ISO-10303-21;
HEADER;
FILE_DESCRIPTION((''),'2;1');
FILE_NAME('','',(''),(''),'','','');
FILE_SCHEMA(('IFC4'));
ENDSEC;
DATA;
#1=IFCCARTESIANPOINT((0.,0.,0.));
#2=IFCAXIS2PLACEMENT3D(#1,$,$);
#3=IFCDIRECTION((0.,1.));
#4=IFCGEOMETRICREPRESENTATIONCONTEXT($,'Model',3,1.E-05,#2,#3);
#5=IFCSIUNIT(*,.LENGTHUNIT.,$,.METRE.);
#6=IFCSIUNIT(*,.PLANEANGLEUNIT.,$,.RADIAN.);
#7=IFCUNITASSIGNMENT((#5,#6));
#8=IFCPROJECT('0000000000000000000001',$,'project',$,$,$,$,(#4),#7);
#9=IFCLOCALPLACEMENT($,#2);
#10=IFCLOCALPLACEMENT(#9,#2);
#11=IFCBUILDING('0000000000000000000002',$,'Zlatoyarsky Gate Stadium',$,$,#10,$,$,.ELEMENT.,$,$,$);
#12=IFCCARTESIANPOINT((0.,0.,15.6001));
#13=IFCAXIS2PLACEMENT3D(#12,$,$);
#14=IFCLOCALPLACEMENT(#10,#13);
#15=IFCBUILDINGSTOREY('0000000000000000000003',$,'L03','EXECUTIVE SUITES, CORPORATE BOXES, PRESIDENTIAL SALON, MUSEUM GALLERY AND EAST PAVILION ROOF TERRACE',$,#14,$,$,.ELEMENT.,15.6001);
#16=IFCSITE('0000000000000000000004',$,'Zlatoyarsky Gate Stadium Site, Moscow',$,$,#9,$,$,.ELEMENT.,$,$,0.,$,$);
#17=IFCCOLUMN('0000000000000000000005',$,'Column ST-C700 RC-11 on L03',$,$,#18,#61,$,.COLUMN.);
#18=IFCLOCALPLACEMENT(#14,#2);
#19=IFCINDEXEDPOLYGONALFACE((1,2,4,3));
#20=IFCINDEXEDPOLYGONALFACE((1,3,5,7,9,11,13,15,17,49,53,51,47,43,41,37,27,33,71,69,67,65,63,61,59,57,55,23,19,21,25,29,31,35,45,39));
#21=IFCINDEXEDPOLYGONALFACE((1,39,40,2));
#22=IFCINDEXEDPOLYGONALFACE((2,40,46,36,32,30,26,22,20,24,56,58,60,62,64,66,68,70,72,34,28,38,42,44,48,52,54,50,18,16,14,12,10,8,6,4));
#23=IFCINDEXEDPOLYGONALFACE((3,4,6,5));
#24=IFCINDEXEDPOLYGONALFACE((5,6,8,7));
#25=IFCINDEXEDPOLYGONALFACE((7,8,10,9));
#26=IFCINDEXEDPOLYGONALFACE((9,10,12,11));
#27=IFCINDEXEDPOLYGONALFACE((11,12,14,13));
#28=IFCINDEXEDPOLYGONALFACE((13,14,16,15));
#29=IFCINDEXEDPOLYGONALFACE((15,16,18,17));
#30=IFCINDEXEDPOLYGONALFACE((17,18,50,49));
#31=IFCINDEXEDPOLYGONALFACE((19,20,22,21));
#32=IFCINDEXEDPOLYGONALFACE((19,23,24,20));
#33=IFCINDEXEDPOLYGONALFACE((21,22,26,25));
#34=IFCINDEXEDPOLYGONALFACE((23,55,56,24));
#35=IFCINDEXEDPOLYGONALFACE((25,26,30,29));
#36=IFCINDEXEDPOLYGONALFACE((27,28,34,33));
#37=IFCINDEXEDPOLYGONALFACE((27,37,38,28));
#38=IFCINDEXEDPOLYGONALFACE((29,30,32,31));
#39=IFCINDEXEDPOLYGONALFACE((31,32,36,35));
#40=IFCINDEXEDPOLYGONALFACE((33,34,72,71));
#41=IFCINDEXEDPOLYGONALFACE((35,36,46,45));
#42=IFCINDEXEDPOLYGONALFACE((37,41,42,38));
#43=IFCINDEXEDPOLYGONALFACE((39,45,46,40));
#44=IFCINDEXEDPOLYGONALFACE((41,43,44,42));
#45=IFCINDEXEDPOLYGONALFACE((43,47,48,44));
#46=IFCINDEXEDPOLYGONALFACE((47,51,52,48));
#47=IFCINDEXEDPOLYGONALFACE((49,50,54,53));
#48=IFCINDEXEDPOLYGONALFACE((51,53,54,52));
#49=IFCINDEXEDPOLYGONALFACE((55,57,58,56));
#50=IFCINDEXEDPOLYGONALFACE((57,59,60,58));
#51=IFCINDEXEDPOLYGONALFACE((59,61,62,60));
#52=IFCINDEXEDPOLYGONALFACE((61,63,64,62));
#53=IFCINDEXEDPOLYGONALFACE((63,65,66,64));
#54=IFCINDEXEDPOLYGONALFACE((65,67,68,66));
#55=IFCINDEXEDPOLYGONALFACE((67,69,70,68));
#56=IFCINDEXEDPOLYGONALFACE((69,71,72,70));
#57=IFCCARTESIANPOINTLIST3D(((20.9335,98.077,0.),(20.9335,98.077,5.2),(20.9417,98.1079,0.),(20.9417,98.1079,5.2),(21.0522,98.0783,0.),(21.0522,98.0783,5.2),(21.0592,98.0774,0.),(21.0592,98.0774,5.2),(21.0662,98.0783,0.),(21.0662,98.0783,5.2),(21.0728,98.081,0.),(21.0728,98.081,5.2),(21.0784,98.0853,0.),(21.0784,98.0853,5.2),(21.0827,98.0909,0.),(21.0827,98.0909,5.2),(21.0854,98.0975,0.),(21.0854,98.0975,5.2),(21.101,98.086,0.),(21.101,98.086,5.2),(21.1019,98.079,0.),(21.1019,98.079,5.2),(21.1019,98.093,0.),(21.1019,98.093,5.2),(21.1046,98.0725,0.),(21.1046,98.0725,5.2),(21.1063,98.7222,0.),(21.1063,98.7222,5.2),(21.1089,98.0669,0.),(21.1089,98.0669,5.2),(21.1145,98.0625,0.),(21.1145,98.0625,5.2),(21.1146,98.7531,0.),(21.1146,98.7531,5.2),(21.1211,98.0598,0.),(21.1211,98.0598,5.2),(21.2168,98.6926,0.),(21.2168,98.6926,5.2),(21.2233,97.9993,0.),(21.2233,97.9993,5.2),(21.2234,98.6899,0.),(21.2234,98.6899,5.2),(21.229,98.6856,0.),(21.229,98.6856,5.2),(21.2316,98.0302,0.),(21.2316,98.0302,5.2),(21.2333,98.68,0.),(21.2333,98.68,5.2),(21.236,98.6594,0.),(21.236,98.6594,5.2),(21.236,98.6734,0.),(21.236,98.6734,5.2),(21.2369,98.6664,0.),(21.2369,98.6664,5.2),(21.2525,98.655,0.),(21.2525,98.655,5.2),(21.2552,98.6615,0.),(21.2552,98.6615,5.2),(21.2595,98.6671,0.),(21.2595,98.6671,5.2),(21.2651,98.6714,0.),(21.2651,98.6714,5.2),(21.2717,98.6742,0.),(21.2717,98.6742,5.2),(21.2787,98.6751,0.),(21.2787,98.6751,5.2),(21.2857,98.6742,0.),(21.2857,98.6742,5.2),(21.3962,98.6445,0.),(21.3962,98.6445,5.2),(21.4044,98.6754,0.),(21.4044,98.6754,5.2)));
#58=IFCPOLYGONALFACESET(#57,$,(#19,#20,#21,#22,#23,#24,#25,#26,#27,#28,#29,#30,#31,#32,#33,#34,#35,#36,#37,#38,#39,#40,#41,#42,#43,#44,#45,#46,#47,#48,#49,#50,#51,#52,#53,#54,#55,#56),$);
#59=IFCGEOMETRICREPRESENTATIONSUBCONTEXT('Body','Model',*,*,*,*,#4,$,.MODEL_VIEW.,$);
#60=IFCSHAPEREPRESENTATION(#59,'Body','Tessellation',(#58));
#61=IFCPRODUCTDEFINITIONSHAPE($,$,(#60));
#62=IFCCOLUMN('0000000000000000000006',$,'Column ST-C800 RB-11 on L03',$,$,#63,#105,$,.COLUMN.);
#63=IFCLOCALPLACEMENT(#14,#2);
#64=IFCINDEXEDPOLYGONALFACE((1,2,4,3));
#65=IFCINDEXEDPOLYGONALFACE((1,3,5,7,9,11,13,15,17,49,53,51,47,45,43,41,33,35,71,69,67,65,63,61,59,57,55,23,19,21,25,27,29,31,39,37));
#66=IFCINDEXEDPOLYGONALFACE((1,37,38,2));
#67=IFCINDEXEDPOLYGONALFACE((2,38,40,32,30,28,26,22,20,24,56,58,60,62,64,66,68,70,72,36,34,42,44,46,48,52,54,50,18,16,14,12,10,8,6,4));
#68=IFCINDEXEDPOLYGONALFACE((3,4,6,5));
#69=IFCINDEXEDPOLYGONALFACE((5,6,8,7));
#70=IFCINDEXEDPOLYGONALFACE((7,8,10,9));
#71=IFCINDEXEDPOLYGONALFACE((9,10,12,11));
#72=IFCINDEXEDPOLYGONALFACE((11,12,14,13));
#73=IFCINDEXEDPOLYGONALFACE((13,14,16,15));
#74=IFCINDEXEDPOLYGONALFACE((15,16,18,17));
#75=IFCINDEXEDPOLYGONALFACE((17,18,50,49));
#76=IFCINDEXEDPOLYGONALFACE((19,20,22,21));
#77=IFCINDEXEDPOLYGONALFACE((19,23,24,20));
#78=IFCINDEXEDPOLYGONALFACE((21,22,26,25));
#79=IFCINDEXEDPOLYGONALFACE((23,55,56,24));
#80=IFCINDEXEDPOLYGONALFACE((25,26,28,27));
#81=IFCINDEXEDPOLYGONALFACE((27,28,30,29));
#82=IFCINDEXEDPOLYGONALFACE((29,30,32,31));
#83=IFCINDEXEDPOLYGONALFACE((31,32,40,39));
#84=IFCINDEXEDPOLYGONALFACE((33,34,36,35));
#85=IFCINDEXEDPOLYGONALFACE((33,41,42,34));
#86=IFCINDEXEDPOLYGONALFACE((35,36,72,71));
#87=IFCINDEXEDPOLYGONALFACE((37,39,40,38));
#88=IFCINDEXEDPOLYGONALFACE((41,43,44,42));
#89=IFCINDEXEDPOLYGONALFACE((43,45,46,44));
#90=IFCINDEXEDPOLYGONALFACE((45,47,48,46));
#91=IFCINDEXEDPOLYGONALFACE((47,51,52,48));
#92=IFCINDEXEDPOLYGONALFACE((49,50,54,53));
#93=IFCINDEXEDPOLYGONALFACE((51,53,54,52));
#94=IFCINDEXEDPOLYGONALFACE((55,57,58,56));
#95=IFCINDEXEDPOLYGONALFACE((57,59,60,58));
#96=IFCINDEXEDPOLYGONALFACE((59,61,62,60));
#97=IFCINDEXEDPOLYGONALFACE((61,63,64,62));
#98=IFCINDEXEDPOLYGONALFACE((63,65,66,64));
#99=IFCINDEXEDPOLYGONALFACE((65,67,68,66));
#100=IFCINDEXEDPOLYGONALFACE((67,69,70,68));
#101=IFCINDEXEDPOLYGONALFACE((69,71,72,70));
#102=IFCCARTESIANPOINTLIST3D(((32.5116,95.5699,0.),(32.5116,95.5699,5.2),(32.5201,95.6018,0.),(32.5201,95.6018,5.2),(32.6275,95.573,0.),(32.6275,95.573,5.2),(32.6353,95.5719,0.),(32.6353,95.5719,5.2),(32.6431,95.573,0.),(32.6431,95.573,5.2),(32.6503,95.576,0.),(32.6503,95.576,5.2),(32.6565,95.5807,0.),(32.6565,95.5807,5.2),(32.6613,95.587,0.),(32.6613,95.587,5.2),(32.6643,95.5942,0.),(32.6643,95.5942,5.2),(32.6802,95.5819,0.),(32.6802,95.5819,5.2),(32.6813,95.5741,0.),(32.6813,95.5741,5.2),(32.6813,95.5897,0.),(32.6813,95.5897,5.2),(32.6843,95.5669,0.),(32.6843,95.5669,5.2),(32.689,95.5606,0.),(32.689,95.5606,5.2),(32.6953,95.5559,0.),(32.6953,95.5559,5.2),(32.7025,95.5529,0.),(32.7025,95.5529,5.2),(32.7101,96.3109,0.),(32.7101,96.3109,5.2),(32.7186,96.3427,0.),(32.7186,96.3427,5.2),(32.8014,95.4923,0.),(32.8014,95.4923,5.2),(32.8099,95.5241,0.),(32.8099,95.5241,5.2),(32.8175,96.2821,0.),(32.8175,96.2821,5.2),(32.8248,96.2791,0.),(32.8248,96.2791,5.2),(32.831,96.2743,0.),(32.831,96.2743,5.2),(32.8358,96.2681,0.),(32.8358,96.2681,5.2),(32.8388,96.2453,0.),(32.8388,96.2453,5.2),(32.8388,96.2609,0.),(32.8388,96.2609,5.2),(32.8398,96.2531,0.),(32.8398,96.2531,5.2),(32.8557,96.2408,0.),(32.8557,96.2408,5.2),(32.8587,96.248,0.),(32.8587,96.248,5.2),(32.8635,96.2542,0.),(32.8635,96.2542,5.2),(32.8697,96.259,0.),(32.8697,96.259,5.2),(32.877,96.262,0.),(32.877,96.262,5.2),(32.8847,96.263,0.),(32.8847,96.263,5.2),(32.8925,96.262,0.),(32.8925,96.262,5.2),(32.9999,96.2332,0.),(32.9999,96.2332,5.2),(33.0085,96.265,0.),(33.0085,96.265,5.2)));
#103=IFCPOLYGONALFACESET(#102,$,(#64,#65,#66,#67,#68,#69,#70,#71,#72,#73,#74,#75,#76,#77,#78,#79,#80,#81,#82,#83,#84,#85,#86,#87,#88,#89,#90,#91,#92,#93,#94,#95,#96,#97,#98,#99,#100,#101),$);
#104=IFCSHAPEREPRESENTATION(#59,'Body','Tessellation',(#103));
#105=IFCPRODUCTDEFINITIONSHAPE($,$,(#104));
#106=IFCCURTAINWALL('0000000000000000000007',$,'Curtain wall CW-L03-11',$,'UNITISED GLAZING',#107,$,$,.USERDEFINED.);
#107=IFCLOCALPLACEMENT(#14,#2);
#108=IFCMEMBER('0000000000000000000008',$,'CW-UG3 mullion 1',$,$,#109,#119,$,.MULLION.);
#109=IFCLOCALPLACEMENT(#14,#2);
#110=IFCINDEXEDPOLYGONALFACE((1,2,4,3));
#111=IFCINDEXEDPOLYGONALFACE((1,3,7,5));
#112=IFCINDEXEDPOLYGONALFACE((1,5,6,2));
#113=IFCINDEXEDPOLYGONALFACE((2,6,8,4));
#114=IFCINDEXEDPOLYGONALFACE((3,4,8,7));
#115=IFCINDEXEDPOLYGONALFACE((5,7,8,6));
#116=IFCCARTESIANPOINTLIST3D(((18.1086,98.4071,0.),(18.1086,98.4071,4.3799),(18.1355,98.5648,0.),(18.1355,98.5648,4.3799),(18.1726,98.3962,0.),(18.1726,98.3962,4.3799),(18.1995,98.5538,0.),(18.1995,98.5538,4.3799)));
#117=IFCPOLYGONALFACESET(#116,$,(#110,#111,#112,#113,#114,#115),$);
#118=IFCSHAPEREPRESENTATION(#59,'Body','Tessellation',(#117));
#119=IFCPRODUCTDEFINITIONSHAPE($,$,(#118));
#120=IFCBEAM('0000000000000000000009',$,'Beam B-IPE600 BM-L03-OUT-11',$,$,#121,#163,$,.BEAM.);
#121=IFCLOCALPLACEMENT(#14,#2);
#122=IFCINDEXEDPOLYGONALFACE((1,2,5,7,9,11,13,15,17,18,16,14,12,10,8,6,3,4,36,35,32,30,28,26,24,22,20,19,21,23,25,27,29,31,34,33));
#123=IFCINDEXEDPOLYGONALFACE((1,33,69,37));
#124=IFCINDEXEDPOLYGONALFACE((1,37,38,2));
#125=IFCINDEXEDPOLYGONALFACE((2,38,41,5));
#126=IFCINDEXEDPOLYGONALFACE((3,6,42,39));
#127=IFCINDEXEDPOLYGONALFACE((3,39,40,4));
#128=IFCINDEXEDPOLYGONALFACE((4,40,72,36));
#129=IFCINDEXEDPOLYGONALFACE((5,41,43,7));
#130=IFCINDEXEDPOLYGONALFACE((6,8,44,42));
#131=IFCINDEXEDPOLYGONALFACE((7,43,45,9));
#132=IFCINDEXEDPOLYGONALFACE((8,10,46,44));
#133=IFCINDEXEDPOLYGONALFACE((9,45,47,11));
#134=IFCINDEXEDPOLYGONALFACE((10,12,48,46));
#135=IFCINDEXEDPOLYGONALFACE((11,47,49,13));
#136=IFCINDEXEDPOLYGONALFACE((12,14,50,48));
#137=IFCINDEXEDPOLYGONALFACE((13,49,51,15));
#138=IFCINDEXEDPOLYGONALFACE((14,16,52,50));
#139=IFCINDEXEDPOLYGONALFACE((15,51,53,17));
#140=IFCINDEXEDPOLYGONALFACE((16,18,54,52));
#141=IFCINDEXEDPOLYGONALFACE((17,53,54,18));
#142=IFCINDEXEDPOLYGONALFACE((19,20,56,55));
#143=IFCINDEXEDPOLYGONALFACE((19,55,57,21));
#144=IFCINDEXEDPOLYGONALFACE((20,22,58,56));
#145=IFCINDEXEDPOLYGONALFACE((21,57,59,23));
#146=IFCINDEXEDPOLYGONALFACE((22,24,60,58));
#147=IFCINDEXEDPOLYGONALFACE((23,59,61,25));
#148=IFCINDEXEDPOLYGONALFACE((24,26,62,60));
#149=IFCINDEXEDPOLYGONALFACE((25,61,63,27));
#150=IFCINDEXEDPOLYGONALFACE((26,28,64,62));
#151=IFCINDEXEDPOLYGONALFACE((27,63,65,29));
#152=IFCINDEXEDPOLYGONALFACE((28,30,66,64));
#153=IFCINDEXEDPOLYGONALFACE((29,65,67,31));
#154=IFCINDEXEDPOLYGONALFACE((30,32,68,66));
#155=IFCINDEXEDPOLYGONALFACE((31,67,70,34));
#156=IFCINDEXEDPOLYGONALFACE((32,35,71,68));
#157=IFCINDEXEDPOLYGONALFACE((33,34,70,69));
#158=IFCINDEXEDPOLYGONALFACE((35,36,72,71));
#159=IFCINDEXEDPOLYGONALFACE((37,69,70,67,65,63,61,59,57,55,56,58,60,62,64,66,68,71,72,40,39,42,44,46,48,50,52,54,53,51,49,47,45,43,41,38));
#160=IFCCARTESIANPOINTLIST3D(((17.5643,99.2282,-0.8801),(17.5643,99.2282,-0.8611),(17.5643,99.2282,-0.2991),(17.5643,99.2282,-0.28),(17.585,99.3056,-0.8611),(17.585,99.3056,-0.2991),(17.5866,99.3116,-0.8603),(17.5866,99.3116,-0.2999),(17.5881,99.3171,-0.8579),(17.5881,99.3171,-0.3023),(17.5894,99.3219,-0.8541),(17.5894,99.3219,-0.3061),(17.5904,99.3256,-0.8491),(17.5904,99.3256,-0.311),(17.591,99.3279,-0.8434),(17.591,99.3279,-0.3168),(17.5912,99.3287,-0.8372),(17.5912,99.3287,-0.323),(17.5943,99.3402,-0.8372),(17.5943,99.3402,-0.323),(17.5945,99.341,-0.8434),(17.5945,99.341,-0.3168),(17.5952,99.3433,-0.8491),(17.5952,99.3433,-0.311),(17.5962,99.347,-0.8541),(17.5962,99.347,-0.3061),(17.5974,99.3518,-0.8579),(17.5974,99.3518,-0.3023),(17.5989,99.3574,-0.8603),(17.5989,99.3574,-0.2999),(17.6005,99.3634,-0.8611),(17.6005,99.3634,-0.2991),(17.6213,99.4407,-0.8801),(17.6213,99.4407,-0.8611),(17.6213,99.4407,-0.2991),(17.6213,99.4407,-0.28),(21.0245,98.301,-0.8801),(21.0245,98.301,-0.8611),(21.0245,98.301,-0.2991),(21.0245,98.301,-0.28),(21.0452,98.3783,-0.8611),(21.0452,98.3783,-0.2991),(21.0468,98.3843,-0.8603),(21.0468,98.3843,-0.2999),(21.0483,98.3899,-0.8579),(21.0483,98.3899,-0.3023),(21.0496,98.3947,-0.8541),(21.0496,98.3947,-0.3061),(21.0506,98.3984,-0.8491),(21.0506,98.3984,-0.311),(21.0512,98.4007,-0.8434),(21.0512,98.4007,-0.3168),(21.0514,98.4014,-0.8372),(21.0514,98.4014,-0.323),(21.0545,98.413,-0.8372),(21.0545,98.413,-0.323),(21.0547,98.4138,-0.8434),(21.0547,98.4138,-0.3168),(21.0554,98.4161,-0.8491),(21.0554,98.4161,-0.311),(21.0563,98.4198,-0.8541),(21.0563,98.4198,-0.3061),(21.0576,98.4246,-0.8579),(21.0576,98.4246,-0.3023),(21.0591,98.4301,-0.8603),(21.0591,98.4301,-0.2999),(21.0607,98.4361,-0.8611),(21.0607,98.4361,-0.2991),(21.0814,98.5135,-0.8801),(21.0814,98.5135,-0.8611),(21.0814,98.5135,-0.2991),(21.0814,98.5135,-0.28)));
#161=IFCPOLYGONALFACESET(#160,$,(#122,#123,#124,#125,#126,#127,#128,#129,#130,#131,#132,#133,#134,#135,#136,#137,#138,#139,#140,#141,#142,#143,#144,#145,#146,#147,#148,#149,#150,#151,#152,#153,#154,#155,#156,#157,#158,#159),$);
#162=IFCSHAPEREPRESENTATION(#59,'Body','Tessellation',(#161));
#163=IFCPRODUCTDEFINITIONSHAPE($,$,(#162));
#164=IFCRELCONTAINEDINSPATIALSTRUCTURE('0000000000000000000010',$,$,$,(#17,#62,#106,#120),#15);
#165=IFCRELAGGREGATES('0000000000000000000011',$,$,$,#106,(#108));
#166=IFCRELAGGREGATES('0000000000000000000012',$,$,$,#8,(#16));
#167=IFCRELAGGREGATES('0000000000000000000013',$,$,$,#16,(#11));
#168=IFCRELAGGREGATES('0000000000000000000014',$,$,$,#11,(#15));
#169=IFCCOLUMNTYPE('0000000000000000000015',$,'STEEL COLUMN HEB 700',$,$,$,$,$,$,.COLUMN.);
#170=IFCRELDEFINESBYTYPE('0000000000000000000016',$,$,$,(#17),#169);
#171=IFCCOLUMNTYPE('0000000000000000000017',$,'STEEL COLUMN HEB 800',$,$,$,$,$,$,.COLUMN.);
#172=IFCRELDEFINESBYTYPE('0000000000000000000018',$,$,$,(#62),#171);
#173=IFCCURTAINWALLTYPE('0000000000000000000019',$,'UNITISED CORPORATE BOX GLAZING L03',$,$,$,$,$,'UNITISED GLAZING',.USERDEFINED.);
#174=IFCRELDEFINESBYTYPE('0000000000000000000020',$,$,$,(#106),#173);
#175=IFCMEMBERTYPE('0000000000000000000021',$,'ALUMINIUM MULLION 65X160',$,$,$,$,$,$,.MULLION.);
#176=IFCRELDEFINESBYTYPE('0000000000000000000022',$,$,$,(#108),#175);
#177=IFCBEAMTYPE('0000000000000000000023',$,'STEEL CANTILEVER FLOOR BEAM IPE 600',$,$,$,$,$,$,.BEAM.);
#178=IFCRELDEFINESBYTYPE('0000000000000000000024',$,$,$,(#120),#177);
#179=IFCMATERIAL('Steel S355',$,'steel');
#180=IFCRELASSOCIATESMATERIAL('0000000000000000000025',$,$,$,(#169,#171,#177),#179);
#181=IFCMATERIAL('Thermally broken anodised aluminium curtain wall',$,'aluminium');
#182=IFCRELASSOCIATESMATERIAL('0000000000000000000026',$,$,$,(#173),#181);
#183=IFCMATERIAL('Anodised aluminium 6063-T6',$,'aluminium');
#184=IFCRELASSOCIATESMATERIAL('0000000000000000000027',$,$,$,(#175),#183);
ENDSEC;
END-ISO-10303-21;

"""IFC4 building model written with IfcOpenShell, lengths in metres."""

from ifc_helpers import new_model, si_unit, direction, frame, origin, origin_2d, place, context, subcontext, project, spatial, rectangle, i_section, extrude, material, material_profile, profile_set, type_object, element, aggregate, save


model = new_model("IFC4")

# Units and contexts
model_context = context("Model", 3, precision=1e-05, world=origin(), true_north=direction((0.0, 1.0)))
body_context = subcontext(model_context, "Body", "Model", "MODEL_VIEW")
ifc_project = project(units=[si_unit("LENGTHUNIT", "METRE"), si_unit("PLANEANGLEUNIT", "RADIAN")], contexts=[model_context])

# Site, building, storey
site_placement = place(None, origin())
site = spatial("IfcSite", under=ifc_project, at=site_placement, Name="Zlatoyarsky Gate Stadium Site, Moscow", CompositionType="ELEMENT", RefElevation=0.0)
building_placement = place(site_placement, origin())
building = spatial("IfcBuilding", under=site, at=building_placement, Name="Zlatoyarsky Gate Stadium", CompositionType="ELEMENT")
storey_placement = place(building_placement, frame((0.0, 0.0, 15.6001)))
storey = spatial("IfcBuildingStorey", under=building, at=storey_placement, Name="L03", Description="EXECUTIVE SUITES, CORPORATE BOXES, PRESIDENTIAL SALON, MUSEUM GALLERY AND EAST PAVILION ROOF TERRACE", CompositionType="ELEMENT", Elevation=15.6001)

# Columns
ifc_material_1 = material(Name="Steel S355", Category="steel")
ifc_material_profile_1 = material_profile(ifc_material_1, i_section(OverallWidth=0.3, OverallDepth=0.7, WebThickness=0.0171, FlangeThickness=0.032, FilletRadius=0.0271, at=origin_2d()), Name="HEB 700")
ifc_profile_set_1 = profile_set([ifc_material_profile_1], Name="Steel S355")
column_type_1 = type_object("IfcColumnType", Name="STEEL COLUMN HEB 700", PredefinedType="COLUMN", material=ifc_profile_set_1)
column_1_placement = place(storey_placement, frame((21.1689, 98.3762, 0.0), z_axis=(0.0, 0.0, 1.0), x_axis=(-0.965926, 0.258819, 0.0)))
element("IfcColumn", 1, at=column_1_placement, inside=storey, type_object=column_type_1, Name="Column ST-C700 RC-11 on L03", PredefinedType="COLUMN", context=body_context, shape_type="SweptSolid", body=[
    extrude(i_section(OverallWidth=0.3, OverallDepth=0.7, WebThickness=0.0171, FlangeThickness=0.032, FilletRadius=0.0271, at=origin_2d()), origin(), (0.0, 0.0, 1.0), 5.2),
])
ifc_material_profile_2 = material_profile(ifc_material_1, i_section(OverallWidth=0.3, OverallDepth=0.8, WebThickness=0.0176, FlangeThickness=0.033, FilletRadius=0.03, at=origin_2d()), Name="HEB 800")
ifc_profile_set_2 = profile_set([ifc_material_profile_2], Name="Steel S355")
column_type_2 = type_object("IfcColumnType", Name="STEEL COLUMN HEB 800", PredefinedType="COLUMN", material=ifc_profile_set_2)
column_2_placement = place(storey_placement, frame((32.76, 95.9175, 0.0), z_axis=(0.0, 0.0, 1.0), x_axis=(-0.965926, 0.258819, 0.0)))
element("IfcColumn", 2, at=column_2_placement, inside=storey, type_object=column_type_2, Name="Column ST-C800 RB-11 on L03", PredefinedType="COLUMN", context=body_context, shape_type="SweptSolid", body=[
    extrude(i_section(OverallWidth=0.3, OverallDepth=0.8, WebThickness=0.0176, FlangeThickness=0.033, FilletRadius=0.03, at=origin_2d()), origin(), (0.0, 0.0, 1.0), 5.2),
])

# Curtain wall, member
ifc_material_2 = material(Name="Thermally broken anodised aluminium curtain wall", Category="aluminium")
curtain_wall_type = type_object("IfcCurtainWallType", Name="UNITISED CORPORATE BOX GLAZING L03", ElementType="UNITISED GLAZING", PredefinedType="USERDEFINED", material=ifc_material_2)
curtain_wall_placement = place(storey_placement, origin())
curtain_wall = element("IfcCurtainWall", 3, at=curtain_wall_placement, inside=storey, type_object=curtain_wall_type, Name="Curtain wall CW-L03-11", ObjectType="UNITISED GLAZING", PredefinedType="USERDEFINED")
ifc_material_3 = material(Name="Anodised aluminium 6063-T6", Category="aluminium")
ifc_material_profile_3 = material_profile(ifc_material_3, rectangle(XDim=0.0649, YDim=0.1599, at=origin_2d()), Name="ALU 65X160")
ifc_profile_set_3 = profile_set([ifc_material_profile_3], Name="Anodised aluminium 6063-T6")
member_type = type_object("IfcMemberType", Name="ALUMINIUM MULLION 65X160", PredefinedType="MULLION", material=ifc_profile_set_3)
member_placement = place(storey_placement, frame((18.1541, 98.4805, 0.0), z_axis=(0.0, 0.0, 1.0), x_axis=(0.985726, -0.168356, 0.0)))
member = element("IfcMember", 4, at=member_placement, type_object=member_type, Name="CW-UG3 mullion 1", PredefinedType="MULLION", context=body_context, shape_type="SweptSolid", body=[
    extrude(rectangle(XDim=0.0649, YDim=0.1599, at=origin_2d()), origin(), (0.0, 0.0, 1.0), 4.3799),
])
aggregate(curtain_wall, [member])

# Beam
ifc_material_profile_4 = material_profile(ifc_material_1, i_section(OverallWidth=0.22, OverallDepth=0.6001, WebThickness=0.012, FlangeThickness=0.019, FilletRadius=0.0239, at=origin_2d()), Name="IPE 600")
ifc_profile_set_4 = profile_set([ifc_material_profile_4], Name="Steel S355")
beam_type_1 = type_object("IfcBeamType", Name="STEEL CANTILEVER FLOOR BEAM IPE 600", PredefinedType="BEAM", material=ifc_profile_set_4)
beam_1_placement = place(storey_placement, frame((21.053, 98.4072, -0.5801), z_axis=(-0.96592, 0.258842, 0.0), x_axis=(-0.258842, -0.96592, 0.0)))
element("IfcBeam", 5, at=beam_1_placement, inside=storey, type_object=beam_type_1, Name="Beam B-IPE600 BM-L03-OUT-11", PredefinedType="BEAM", context=body_context, shape_type="SweptSolid", body=[
    extrude(i_section(OverallWidth=0.22, OverallDepth=0.6001, WebThickness=0.012, FlangeThickness=0.019, FilletRadius=0.0239, at=origin_2d()), origin(), (0.0, 0.0, 1.0), 3.5823),
])

save(model, "model.ifc")
